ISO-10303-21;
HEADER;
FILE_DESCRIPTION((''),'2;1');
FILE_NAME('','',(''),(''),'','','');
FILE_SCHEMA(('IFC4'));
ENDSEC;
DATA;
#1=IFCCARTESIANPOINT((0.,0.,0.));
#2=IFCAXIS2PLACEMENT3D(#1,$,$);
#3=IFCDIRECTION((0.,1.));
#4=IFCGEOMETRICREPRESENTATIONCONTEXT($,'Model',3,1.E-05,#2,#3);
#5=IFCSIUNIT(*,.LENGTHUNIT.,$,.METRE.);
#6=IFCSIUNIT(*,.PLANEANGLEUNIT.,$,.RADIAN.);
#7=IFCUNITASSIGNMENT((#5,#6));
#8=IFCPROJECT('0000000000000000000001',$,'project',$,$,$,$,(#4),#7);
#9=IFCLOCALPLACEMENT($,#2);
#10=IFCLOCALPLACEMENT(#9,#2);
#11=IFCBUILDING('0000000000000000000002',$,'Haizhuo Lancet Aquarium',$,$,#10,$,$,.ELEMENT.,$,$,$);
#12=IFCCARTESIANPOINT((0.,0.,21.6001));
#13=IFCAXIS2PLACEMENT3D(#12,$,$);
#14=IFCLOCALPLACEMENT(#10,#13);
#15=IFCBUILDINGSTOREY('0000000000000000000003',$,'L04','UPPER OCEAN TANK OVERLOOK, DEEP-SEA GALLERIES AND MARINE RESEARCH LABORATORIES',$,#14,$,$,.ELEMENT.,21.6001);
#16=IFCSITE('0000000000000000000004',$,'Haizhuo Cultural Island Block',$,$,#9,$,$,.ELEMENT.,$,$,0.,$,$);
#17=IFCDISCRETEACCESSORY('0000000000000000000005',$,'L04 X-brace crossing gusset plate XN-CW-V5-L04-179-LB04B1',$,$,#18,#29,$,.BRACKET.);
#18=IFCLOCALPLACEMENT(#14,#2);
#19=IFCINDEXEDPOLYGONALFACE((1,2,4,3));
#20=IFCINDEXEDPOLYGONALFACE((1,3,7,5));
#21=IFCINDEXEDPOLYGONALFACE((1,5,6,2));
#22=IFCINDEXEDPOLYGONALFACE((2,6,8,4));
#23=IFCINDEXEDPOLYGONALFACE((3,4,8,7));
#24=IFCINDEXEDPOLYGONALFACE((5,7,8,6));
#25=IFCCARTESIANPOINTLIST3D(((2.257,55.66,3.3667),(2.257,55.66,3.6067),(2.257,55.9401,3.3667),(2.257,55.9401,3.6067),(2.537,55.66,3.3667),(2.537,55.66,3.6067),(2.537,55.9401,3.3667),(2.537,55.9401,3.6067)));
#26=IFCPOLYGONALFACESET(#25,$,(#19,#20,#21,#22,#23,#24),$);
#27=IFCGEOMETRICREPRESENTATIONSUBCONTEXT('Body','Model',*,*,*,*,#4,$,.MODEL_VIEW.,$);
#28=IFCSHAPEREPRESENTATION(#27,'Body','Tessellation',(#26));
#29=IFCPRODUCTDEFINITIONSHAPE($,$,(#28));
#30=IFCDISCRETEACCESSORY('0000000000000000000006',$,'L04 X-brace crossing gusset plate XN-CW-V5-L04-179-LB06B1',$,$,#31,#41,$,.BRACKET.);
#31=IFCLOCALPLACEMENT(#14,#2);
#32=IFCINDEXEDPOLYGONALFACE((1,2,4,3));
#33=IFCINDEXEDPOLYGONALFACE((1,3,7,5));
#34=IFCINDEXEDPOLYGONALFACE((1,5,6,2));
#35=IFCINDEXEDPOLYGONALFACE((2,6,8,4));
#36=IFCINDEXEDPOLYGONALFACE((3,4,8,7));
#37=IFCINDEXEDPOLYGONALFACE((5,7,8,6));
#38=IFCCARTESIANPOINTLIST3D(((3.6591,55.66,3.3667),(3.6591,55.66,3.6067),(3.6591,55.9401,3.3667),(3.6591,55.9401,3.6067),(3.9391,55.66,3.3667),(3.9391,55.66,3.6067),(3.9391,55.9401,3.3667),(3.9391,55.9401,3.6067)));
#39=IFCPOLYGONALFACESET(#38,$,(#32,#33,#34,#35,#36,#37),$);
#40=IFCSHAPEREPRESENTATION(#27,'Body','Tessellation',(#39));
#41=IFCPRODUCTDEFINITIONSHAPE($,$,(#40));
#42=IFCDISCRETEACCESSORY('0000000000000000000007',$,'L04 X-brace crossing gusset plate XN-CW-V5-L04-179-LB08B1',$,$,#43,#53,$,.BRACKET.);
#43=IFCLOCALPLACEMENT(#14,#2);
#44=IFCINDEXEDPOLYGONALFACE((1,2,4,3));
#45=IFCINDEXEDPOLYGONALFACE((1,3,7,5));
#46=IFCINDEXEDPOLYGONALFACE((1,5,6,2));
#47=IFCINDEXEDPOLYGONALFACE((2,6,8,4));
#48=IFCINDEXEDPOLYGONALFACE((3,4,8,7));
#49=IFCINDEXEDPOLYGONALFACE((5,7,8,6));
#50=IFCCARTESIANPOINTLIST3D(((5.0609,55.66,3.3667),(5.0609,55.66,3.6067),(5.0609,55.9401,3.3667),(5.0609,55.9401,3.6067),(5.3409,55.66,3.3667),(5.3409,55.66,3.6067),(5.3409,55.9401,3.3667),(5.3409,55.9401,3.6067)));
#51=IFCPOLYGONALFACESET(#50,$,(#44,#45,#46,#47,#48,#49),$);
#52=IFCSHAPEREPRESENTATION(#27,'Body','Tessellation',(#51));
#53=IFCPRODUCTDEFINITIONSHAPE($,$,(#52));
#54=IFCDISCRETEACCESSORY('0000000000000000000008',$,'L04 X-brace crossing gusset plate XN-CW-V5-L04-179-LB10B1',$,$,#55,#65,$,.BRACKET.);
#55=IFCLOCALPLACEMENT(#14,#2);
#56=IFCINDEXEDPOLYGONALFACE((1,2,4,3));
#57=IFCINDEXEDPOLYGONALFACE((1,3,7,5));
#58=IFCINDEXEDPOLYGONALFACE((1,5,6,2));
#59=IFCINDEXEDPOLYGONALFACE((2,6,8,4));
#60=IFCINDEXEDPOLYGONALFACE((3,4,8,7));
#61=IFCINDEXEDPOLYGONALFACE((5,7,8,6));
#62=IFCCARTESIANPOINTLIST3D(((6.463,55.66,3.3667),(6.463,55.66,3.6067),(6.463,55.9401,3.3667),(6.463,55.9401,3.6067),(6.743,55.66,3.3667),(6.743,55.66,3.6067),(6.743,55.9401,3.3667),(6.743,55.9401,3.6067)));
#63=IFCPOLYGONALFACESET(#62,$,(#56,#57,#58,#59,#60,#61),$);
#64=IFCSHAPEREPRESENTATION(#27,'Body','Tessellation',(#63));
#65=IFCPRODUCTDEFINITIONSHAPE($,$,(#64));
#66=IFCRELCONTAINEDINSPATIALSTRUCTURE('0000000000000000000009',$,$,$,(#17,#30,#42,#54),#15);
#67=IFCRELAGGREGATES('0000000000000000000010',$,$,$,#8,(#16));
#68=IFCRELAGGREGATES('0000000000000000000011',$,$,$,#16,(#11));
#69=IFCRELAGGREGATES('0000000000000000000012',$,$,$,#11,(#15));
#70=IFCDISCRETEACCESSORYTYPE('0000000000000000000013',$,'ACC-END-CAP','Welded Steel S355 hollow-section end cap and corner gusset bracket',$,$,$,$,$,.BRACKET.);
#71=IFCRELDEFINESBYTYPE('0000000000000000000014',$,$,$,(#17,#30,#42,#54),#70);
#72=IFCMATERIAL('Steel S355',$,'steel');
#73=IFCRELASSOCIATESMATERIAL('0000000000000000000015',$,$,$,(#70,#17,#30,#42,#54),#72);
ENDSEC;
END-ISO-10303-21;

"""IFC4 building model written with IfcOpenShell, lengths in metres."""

from ifc_helpers import new_model, si_unit, direction, frame, origin, origin_2d, place, context, subcontext, project, spatial, rectangle, extrude, material, type_object, element, save


model = new_model("IFC4")

# Units and contexts
model_context = context("Model", 3, precision=1e-05, world=origin(), true_north=direction((0.0, 1.0)))
body_context = subcontext(model_context, "Body", "Model", "MODEL_VIEW")
ifc_project = project(units=[si_unit("LENGTHUNIT", "METRE"), si_unit("PLANEANGLEUNIT", "RADIAN")], contexts=[model_context])

# Site, building, storey
site_placement = place(None, origin())
site = spatial("IfcSite", under=ifc_project, at=site_placement, Name="Haizhuo Cultural Island Block", CompositionType="ELEMENT", RefElevation=0.0)
building_placement = place(site_placement, origin())
building = spatial("IfcBuilding", under=site, at=building_placement, Name="Haizhuo Lancet Aquarium", CompositionType="ELEMENT")
storey_placement = place(building_placement, frame((0.0, 0.0, 21.6001)))
storey = spatial("IfcBuildingStorey", under=building, at=storey_placement, Name="L04", Description="UPPER OCEAN TANK OVERLOOK, DEEP-SEA GALLERIES AND MARINE RESEARCH LABORATORIES", CompositionType="ELEMENT", Elevation=21.6001)

# Shared definitions
ifc_material_1 = material(Name="Steel S355", Category="steel")

# Discrete accessories
discrete_accessory_type = type_object("IfcDiscreteAccessoryType", Name="ACC-END-CAP", Description="Welded Steel S355 hollow-section end cap and corner gusset bracket", PredefinedType="BRACKET", material=ifc_material_1)
for number, where, z_axis, x_axis, name in (
    (1, (2.397, 55.8, 3.3667), (0.0, 0.0, 1.0), (1.0, 0.0, 0.0), "L04 X-brace crossing gusset plate XN-CW-V5-L04-179-LB04B1"),
    (2, (3.7991, 55.8, 3.3667), (0.0, 0.0, 1.0), (1.0, 0.0, 0.0), "L04 X-brace crossing gusset plate XN-CW-V5-L04-179-LB06B1"),
    (3, (5.2009, 55.8, 3.3667), (0.0, 0.0, 1.0), (1.0, 0.0, 0.0), "L04 X-brace crossing gusset plate XN-CW-V5-L04-179-LB08B1"),
    (4, (6.603, 55.8, 3.3667), (0.0, 0.0, 1.0), (1.0, 0.0, 0.0), "L04 X-brace crossing gusset plate XN-CW-V5-L04-179-LB10B1"),
):
    element("IfcDiscreteAccessory", number, at=place(storey_placement, frame(where, z_axis=z_axis, x_axis=x_axis)), inside=storey, type_object=discrete_accessory_type, material=ifc_material_1, Name=name, PredefinedType="BRACKET", context=body_context, shape_type="SweptSolid", body=[
        extrude(rectangle(XDim=0.28, YDim=0.28, at=origin_2d()), origin(), (0.0, 0.0, 1.0), 0.24),
    ])

save(model, "model.ifc")
